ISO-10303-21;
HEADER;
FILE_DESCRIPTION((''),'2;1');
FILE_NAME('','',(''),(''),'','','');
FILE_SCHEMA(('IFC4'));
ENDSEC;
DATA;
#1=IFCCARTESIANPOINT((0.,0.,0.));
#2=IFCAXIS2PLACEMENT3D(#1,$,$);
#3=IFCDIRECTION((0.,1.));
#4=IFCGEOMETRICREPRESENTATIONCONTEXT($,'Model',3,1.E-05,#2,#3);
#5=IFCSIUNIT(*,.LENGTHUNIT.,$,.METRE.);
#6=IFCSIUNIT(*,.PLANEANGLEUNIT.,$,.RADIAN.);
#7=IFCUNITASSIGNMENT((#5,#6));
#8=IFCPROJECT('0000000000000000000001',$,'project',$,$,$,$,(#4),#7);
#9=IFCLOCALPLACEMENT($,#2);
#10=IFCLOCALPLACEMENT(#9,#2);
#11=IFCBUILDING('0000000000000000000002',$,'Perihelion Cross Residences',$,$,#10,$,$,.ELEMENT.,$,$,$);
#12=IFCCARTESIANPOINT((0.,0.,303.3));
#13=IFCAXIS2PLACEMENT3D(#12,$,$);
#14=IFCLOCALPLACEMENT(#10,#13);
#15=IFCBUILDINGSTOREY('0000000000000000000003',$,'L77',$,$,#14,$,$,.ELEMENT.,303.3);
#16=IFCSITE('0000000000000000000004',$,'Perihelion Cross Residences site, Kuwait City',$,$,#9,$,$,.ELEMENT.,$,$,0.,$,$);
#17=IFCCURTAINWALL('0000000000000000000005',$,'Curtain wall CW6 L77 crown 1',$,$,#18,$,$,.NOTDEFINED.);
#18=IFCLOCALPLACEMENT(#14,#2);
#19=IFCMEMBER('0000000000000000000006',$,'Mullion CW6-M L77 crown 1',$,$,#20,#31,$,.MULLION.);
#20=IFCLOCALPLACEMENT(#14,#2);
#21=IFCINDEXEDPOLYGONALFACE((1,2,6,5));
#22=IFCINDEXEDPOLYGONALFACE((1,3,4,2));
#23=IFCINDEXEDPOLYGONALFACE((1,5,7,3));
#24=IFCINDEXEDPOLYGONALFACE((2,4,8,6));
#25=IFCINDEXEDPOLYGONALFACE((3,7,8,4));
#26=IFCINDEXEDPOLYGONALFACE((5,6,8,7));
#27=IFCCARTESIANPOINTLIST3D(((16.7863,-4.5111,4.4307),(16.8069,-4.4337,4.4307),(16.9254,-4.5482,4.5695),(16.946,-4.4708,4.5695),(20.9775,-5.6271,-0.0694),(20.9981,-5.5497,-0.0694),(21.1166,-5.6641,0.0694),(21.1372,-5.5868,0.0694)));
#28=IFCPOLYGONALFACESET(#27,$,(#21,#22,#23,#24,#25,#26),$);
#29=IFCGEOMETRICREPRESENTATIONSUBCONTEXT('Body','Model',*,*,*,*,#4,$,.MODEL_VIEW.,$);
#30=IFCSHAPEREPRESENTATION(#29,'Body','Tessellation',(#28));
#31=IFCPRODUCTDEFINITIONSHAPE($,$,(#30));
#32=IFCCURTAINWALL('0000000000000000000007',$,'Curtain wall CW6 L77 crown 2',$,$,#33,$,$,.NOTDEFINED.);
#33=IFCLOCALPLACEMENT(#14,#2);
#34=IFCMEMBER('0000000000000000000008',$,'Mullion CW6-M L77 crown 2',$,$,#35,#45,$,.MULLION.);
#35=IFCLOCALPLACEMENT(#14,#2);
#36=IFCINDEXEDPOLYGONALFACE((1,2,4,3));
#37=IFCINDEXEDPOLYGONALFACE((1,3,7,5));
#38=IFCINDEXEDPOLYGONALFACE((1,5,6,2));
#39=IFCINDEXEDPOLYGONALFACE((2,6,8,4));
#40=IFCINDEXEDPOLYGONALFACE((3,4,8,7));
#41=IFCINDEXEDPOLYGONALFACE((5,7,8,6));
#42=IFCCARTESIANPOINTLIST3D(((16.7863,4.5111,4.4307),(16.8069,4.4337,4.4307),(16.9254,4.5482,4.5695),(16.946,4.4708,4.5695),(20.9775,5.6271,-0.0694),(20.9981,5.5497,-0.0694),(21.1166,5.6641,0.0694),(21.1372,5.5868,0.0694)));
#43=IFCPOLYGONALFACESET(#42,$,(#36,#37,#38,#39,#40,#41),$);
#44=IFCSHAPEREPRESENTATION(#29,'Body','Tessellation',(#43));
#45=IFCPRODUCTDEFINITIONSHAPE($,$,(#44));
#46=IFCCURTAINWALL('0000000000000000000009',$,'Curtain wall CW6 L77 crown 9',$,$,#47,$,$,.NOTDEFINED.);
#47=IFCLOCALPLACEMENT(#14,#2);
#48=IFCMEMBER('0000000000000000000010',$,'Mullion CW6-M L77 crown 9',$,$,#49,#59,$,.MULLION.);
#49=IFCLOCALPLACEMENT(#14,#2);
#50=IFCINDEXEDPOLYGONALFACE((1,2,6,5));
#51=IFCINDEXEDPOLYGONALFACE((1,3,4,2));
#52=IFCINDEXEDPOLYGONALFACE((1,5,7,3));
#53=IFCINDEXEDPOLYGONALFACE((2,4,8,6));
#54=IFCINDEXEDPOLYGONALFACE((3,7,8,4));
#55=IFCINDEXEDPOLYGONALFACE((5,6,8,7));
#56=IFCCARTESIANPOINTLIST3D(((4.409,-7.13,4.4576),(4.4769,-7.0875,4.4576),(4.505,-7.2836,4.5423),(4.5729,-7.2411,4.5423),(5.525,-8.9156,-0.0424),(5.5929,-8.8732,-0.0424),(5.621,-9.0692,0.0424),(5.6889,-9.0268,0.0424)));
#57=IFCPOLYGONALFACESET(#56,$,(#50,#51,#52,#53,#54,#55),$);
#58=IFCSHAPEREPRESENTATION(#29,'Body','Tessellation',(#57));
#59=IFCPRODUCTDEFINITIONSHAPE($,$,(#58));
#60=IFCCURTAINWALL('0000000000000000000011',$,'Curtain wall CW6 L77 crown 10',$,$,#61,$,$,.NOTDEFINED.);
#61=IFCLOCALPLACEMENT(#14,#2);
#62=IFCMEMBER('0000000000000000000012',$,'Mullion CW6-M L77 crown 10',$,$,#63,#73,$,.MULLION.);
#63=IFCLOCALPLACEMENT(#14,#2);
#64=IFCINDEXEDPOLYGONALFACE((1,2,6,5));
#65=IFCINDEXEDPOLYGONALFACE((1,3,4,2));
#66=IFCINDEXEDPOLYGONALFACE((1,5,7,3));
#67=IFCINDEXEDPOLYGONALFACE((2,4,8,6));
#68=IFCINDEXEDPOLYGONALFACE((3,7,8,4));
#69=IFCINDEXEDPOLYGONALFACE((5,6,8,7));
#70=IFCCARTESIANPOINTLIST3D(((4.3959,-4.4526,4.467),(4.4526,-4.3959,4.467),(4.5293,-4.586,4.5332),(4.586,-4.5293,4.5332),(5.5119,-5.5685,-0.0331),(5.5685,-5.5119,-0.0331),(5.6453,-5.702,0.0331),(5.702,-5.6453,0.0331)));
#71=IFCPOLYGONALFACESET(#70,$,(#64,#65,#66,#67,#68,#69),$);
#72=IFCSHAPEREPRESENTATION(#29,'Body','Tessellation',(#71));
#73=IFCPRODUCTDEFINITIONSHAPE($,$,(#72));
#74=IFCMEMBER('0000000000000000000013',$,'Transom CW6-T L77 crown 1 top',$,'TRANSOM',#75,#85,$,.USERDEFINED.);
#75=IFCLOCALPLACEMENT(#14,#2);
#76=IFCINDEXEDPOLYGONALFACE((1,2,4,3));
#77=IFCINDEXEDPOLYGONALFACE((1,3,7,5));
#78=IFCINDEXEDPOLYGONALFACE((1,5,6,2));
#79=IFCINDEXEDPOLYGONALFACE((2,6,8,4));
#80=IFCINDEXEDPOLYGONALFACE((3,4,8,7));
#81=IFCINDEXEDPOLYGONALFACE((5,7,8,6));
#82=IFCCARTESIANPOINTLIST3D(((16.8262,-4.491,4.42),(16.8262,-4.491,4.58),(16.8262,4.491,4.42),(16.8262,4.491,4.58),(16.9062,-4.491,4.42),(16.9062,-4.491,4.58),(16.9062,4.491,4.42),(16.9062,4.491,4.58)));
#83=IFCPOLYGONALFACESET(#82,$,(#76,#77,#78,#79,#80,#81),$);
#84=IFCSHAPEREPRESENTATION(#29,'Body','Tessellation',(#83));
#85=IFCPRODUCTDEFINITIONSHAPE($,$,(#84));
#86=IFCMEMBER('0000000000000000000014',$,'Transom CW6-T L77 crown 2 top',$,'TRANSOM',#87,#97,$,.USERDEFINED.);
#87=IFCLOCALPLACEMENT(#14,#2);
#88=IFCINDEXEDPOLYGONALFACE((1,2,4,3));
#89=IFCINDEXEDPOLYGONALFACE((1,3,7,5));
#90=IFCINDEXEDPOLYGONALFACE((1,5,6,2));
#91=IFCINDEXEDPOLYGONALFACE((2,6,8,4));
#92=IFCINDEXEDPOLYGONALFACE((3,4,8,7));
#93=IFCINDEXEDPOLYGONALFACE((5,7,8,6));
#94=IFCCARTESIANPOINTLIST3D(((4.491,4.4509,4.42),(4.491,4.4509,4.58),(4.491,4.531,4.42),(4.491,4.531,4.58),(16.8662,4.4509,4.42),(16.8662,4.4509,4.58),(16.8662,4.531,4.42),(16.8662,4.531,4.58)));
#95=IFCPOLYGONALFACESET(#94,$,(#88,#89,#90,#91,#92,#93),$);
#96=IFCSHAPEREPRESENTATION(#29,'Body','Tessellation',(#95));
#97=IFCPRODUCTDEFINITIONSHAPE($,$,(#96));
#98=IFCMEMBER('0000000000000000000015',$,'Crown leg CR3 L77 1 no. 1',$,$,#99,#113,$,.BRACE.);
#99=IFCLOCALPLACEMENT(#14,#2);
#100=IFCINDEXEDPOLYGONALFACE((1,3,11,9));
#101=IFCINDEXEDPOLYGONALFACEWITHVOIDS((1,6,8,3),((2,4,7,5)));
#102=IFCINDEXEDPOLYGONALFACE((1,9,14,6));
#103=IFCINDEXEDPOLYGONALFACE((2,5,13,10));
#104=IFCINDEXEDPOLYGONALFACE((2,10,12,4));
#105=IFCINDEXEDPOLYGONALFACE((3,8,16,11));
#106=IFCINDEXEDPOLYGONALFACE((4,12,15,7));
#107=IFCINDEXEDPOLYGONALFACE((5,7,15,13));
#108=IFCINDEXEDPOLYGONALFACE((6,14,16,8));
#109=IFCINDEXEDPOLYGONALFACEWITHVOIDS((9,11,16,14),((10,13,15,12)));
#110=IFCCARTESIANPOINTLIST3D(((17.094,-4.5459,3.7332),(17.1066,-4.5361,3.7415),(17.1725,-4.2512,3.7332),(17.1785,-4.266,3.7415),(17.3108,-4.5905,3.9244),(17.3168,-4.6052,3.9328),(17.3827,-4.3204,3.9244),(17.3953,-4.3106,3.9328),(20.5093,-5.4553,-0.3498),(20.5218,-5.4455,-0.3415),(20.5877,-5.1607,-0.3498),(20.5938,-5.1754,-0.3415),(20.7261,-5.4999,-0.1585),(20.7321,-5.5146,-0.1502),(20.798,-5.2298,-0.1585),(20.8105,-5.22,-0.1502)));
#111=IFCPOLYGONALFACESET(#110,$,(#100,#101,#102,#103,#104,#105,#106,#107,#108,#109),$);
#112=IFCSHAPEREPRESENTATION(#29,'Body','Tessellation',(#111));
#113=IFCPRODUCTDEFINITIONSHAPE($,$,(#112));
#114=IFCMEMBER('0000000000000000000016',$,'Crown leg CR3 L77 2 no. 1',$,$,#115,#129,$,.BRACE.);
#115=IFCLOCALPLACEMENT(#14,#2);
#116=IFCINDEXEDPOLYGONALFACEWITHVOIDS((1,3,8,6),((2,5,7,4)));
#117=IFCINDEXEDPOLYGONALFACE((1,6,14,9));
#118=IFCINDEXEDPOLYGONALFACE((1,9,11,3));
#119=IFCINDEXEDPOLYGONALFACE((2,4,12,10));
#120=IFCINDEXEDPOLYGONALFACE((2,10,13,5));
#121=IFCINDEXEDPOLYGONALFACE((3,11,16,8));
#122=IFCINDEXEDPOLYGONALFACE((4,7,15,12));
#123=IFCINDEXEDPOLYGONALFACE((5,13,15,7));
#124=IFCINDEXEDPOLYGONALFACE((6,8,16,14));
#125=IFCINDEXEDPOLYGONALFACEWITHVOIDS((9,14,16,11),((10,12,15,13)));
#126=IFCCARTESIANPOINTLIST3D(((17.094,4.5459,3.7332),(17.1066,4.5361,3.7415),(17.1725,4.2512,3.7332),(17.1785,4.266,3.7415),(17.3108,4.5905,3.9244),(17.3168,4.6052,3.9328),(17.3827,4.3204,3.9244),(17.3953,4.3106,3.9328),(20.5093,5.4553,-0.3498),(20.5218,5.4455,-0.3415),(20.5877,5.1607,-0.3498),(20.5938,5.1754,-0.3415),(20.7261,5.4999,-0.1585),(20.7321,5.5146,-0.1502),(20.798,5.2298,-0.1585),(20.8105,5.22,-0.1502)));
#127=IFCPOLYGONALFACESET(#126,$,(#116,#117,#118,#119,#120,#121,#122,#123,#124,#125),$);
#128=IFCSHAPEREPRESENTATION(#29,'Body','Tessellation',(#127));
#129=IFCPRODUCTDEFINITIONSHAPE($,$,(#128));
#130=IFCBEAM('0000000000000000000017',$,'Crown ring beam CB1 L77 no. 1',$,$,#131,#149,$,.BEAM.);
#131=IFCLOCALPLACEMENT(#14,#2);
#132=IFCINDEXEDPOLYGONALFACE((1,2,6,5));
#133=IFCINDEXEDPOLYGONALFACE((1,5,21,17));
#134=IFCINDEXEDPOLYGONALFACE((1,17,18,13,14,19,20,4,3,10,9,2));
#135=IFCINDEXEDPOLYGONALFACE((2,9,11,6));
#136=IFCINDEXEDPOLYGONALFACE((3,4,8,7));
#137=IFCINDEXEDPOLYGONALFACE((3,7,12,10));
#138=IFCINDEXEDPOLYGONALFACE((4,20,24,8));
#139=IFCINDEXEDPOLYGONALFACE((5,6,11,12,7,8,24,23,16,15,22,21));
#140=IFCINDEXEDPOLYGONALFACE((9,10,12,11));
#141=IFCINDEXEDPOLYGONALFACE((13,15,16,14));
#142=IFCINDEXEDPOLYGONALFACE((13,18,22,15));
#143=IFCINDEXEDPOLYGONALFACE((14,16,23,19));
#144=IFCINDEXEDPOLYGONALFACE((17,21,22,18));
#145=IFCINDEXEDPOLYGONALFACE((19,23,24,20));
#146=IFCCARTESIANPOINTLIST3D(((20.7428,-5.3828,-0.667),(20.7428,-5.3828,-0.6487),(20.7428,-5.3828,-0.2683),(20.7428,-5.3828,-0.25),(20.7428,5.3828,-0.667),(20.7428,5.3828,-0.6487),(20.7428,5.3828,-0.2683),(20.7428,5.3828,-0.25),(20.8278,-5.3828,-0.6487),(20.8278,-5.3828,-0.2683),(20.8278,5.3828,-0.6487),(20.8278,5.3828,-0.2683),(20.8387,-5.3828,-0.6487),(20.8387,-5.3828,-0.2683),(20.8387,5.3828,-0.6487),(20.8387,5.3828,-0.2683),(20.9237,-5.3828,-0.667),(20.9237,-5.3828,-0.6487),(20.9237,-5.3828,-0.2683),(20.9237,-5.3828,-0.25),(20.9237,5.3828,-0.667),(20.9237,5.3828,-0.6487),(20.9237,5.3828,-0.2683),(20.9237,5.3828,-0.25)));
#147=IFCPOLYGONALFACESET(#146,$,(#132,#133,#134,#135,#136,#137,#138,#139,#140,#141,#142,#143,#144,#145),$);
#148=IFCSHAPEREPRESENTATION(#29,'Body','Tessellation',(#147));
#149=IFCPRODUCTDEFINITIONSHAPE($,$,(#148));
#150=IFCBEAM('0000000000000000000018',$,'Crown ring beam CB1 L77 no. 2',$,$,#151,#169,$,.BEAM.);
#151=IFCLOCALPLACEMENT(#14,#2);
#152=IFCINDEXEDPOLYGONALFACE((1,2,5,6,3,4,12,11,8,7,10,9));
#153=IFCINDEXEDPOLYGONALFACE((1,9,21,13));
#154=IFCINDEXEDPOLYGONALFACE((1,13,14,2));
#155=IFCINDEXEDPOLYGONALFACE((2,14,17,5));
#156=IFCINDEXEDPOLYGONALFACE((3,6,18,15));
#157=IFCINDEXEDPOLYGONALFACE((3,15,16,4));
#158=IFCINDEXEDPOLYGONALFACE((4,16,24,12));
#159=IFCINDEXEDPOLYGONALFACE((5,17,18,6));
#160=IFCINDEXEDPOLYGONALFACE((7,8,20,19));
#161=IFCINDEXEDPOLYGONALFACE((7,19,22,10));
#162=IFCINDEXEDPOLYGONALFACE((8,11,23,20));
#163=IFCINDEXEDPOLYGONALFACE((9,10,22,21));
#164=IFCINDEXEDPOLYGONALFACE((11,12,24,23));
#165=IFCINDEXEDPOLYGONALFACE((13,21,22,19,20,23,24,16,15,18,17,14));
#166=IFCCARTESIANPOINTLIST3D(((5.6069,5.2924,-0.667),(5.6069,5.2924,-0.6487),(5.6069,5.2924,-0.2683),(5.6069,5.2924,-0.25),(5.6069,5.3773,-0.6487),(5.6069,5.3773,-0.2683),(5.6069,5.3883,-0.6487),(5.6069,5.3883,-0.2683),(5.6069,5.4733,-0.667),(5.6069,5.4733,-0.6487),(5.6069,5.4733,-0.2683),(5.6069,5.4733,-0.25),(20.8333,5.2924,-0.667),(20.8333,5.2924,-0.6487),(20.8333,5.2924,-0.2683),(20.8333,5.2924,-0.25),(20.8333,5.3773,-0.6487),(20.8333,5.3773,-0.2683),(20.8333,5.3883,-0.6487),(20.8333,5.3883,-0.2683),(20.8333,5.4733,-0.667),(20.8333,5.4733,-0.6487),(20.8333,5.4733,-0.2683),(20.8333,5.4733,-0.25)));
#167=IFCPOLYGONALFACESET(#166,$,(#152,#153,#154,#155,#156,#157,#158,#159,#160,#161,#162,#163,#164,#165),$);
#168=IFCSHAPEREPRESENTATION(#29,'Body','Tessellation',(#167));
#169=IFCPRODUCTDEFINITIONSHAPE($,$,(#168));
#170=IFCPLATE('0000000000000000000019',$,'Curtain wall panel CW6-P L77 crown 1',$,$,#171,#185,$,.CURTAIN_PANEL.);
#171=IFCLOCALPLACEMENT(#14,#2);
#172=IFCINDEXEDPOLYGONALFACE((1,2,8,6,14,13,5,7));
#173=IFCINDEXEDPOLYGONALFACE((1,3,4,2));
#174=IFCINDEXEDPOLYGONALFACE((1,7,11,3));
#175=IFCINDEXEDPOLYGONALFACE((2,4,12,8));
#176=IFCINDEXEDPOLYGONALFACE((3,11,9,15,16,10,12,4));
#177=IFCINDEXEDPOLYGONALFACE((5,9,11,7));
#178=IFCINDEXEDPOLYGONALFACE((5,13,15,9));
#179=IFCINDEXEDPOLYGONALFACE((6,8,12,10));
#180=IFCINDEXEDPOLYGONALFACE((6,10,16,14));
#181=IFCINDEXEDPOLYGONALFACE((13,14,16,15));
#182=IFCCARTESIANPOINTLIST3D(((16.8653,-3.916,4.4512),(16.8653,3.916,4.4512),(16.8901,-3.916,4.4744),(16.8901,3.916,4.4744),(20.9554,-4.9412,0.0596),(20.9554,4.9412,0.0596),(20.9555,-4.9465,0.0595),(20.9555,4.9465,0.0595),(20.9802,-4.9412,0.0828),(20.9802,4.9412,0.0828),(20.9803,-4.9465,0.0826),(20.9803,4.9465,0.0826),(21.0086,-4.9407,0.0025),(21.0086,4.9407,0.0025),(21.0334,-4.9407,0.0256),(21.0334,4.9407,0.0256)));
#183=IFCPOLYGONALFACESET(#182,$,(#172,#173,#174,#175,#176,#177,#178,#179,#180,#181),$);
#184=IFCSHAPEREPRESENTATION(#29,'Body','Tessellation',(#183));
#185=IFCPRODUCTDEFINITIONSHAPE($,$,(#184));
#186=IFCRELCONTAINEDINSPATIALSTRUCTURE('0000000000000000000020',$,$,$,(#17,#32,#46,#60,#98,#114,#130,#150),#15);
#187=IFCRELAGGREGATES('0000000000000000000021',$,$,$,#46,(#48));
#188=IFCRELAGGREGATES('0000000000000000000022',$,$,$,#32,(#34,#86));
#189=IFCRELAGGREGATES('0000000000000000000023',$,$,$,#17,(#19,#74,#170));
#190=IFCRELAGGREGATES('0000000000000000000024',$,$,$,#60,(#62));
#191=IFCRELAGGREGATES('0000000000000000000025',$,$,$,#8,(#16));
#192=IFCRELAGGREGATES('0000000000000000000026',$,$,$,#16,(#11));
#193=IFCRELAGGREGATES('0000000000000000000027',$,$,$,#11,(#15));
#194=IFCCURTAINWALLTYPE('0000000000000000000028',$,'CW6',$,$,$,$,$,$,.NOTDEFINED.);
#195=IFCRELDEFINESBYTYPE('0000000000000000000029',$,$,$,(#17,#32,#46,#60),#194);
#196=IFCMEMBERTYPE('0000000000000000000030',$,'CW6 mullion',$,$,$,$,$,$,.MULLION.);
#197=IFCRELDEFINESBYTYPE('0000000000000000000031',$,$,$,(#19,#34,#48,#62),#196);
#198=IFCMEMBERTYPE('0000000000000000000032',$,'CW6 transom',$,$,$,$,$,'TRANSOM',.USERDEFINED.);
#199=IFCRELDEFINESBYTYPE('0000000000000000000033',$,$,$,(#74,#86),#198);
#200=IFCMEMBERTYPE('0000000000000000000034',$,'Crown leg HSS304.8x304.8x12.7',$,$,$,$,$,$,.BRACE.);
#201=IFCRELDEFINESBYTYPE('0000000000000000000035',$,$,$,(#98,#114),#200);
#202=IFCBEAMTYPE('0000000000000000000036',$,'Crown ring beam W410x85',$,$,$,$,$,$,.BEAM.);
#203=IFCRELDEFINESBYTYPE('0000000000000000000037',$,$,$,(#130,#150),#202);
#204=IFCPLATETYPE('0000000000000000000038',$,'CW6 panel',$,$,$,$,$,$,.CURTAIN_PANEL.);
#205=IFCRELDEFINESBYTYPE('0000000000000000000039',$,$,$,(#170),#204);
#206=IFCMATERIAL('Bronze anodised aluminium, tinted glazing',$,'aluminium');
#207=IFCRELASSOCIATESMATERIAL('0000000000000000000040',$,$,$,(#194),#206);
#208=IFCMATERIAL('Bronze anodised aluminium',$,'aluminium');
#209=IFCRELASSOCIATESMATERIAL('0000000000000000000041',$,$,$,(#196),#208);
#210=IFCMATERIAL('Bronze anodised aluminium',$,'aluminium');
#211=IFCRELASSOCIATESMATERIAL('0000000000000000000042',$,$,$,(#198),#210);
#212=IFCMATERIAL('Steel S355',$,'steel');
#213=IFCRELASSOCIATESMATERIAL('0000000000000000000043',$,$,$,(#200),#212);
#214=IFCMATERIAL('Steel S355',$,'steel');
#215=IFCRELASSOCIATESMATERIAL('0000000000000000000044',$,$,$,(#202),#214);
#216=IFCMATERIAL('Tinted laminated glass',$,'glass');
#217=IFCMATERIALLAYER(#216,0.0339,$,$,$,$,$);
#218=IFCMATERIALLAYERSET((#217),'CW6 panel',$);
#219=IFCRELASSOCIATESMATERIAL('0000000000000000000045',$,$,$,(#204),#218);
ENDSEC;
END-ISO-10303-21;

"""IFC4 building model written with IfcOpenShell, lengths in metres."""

from ifc_helpers import new_model, si_unit, direction, frame, origin, origin_2d, place, context, subcontext, project, spatial, polyline, rectangle, hollow_rectangle, i_section, outline, extrude, material, layer, layer_set, material_profile, profile_set, type_object, element, aggregate, save


model = new_model("IFC4")

# Units and contexts
model_context = context("Model", 3, precision=1e-05, world=origin(), true_north=direction((0.0, 1.0)))
body_context = subcontext(model_context, "Body", "Model", "MODEL_VIEW")
ifc_project = project(units=[si_unit("LENGTHUNIT", "METRE"), si_unit("PLANEANGLEUNIT", "RADIAN")], contexts=[model_context])

# Site, building, storey
site_placement = place(None, origin())
site = spatial("IfcSite", under=ifc_project, at=site_placement, Name="Perihelion Cross Residences site, Kuwait City", CompositionType="ELEMENT", RefElevation=0.0)
building_placement = place(site_placement, origin())
building = spatial("IfcBuilding", under=site, at=building_placement, Name="Perihelion Cross Residences", CompositionType="ELEMENT")
storey_placement = place(building_placement, frame((0.0, 0.0, 303.3)))
storey = spatial("IfcBuildingStorey", under=building, at=storey_placement, Name="L77", CompositionType="ELEMENT", Elevation=303.3)

# Curtain walls, members
ifc_material_1 = material(Name="Bronze anodised aluminium, tinted glazing", Category="aluminium")
curtain_wall_type = type_object("IfcCurtainWallType", Name="CW6", PredefinedType="NOTDEFINED", material=ifc_material_1)
curtain_wall_1_placement = place(storey_placement, origin())
curtain_wall_1 = element("IfcCurtainWall", 1, at=curtain_wall_1_placement, inside=storey, type_object=curtain_wall_type, Name="Curtain wall CW6 L77 crown 1", PredefinedType="NOTDEFINED")
ifc_material_2 = material(Name="Bronze anodised aluminium", Category="aluminium")
ifc_material_profile_1 = material_profile(ifc_material_2, rectangle(XDim=0.0801, YDim=0.2, at=origin_2d()), Name="CW6 mullion")
ifc_profile_set_1 = profile_set([ifc_material_profile_1], Name="Bronze anodised aluminium")
member_type_1 = type_object("IfcMemberType", Name="CW6 mullion", PredefinedType="MULLION", material=ifc_profile_set_1)
member_1_placement = place(storey_placement, frame((21.0574, -5.6069, 0.0), z_axis=(-0.670597, 0.178558, 0.720012), x_axis=(-0.257302, -0.966331, 0.0)))
member_1 = element("IfcMember", 2, at=member_1_placement, type_object=member_type_1, Name="Mullion CW6-M L77 crown 1", PredefinedType="MULLION", context=body_context, shape_type="SweptSolid", body=[
    extrude(rectangle(XDim=0.0801, YDim=0.2, at=origin_2d()), origin(), (0.0, 0.0, 1.0), 6.25),
])
curtain_wall_2_placement = place(storey_placement, origin())
curtain_wall_2 = element("IfcCurtainWall", 3, at=curtain_wall_2_placement, inside=storey, type_object=curtain_wall_type, Name="Curtain wall CW6 L77 crown 2", PredefinedType="NOTDEFINED")
member_2_placement = place(storey_placement, frame((21.0574, 5.6069, 0.0), z_axis=(-0.670597, -0.178558, 0.720012), x_axis=(0.257302, -0.966331, 0.0)))
member_2 = element("IfcMember", 4, at=member_2_placement, type_object=member_type_1, Name="Mullion CW6-M L77 crown 2", PredefinedType="MULLION", context=body_context, shape_type="SweptSolid", body=[
    extrude(rectangle(XDim=0.0801, YDim=0.2, at=origin_2d()), origin(), (0.0, 0.0, 1.0), 6.25),
])
curtain_wall_3_placement = place(storey_placement, origin())
curtain_wall_3 = element("IfcCurtainWall", 5, at=curtain_wall_3_placement, inside=storey, type_object=curtain_wall_type, Name="Curtain wall CW6 L77 crown 9", PredefinedType="NOTDEFINED")
member_3_placement = place(storey_placement, frame((5.6069, -8.9712, 0.0), z_axis=(-0.224618, 0.359408, 0.905744), x_axis=(-0.848011, -0.529978, 0.0)))
member_3 = element("IfcMember", 6, at=member_3_placement, type_object=member_type_1, Name="Mullion CW6-M L77 crown 9", PredefinedType="MULLION", context=body_context, shape_type="SweptSolid", body=[
    extrude(rectangle(XDim=0.0801, YDim=0.2, at=origin_2d()), origin(), (0.0, 0.0, 1.0), 4.9683),
])
aggregate(curtain_wall_3, [member_3])
curtain_wall_4_placement = place(storey_placement, origin())
curtain_wall_4 = element("IfcCurtainWall", 7, at=curtain_wall_4_placement, inside=storey, type_object=curtain_wall_type, Name="Curtain wall CW6 L77 crown 10", PredefinedType="NOTDEFINED")
member_4_placement = place(storey_placement, frame((5.6069, -5.6069, 0.0), z_axis=(-0.234018, 0.234018, 0.943648), x_axis=(-0.707107, -0.707107, 0.0)))
member_4 = element("IfcMember", 8, at=member_4_placement, type_object=member_type_1, Name="Mullion CW6-M L77 crown 10", PredefinedType="MULLION", context=body_context, shape_type="SweptSolid", body=[
    extrude(rectangle(XDim=0.0801, YDim=0.2, at=origin_2d()), origin(), (0.0, 0.0, 1.0), 4.7688),
])

# Members
ifc_material_3 = material(Name="Bronze anodised aluminium", Category="aluminium")
ifc_material_profile_2 = material_profile(ifc_material_3, rectangle(XDim=0.0801, YDim=0.1599, at=origin_2d()), Name="CW6 transom")
ifc_profile_set_2 = profile_set([ifc_material_profile_2], Name="Bronze anodised aluminium")
member_type_2 = type_object("IfcMemberType", Name="CW6 transom", ElementType="TRANSOM", PredefinedType="USERDEFINED", material=ifc_profile_set_2)
member_5_placement = place(storey_placement, frame((16.8662, -4.491, 4.5), z_axis=(0.0, 1.0, 0.0), x_axis=(-1.0, 0.0, 0.0)))
member_5 = element("IfcMember", 9, at=member_5_placement, type_object=member_type_2, Name="Transom CW6-T L77 crown 1 top", ObjectType="TRANSOM", PredefinedType="USERDEFINED", context=body_context, shape_type="SweptSolid", body=[
    extrude(rectangle(XDim=0.0801, YDim=0.1599, at=origin_2d()), origin(), (0.0, 0.0, 1.0), 8.9819),
])
member_6_placement = place(storey_placement, frame((16.8662, 4.491, 4.5), z_axis=(-1.0, 0.0, 0.0), x_axis=(0.0, -1.0, 0.0)))
member_6 = element("IfcMember", 10, at=member_6_placement, type_object=member_type_2, Name="Transom CW6-T L77 crown 2 top", ObjectType="TRANSOM", PredefinedType="USERDEFINED", context=body_context, shape_type="SweptSolid", body=[
    extrude(rectangle(XDim=0.0801, YDim=0.1599, at=origin_2d()), origin(), (0.0, 0.0, 1.0), 12.3752),
])
aggregate(curtain_wall_2, [member_2, member_6])

# Members
ifc_material_4 = material(Name="Steel S355", Category="steel")
ifc_material_profile_3 = material_profile(ifc_material_4, hollow_rectangle(XDim=0.3049, YDim=0.3049, WallThickness=0.0127, at=origin_2d()), Name="HSS304.8x304.8x12.7")
ifc_profile_set_3 = profile_set([ifc_material_profile_3], Name="Steel S355")
member_type_3 = type_object("IfcMemberType", Name="Crown leg HSS304.8x304.8x12.7", PredefinedType="BRACE", material=ifc_profile_set_3)
for number, where, z_axis, x_axis, name in (
    (11, (20.6599, -5.3376, -0.25), (-0.632436, 0.168406, 0.756085), (-0.257314, -0.966328, 0.0), "Crown leg CR3 L77 1 no. 1"),
    (12, (20.6599, 5.3376, -0.25), (-0.632436, -0.168406, 0.756085), (0.257314, -0.966328, 0.0), "Crown leg CR3 L77 2 no. 1"),
):
    element("IfcMember", number, at=place(storey_placement, frame(where, z_axis=z_axis, x_axis=x_axis)), inside=storey, type_object=member_type_3, Name=name, PredefinedType="BRACE", context=body_context, shape_type="SweptSolid", body=[
        extrude(hollow_rectangle(XDim=0.3049, YDim=0.3049, WallThickness=0.0127, at=origin_2d()), origin(), (0.0, 0.0, 1.0), 5.4001),
    ])

# Beams
ifc_material_5 = material(Name="Steel S355", Category="steel")
ifc_material_profile_4 = material_profile(ifc_material_5, i_section(OverallWidth=0.1809, OverallDepth=0.417, WebThickness=0.011, FlangeThickness=0.0183, at=origin_2d()), Name="W410x85")
ifc_profile_set_4 = profile_set([ifc_material_profile_4], Name="Steel S355")
beam_type = type_object("IfcBeamType", Name="Crown ring beam W410x85", PredefinedType="BEAM", material=ifc_profile_set_4)
beam_1_placement = place(storey_placement, frame((20.8333, -5.3828, -0.4585), z_axis=(0.0, 1.0, 0.0), x_axis=(-1.0, 0.0, 0.0)))
element("IfcBeam", 13, at=beam_1_placement, inside=storey, type_object=beam_type, Name="Crown ring beam CB1 L77 no. 1", PredefinedType="BEAM", context=body_context, shape_type="SweptSolid", body=[
    extrude(i_section(OverallWidth=0.1809, OverallDepth=0.417, WebThickness=0.011, FlangeThickness=0.0183, at=origin_2d()), origin(), (0.0, 0.0, 1.0), 10.7656),
])
beam_2_placement = place(storey_placement, frame((20.8333, 5.3828, -0.4585), z_axis=(-1.0, 0.0, 0.0), x_axis=(0.0, -1.0, 0.0)))
element("IfcBeam", 14, at=beam_2_placement, inside=storey, type_object=beam_type, Name="Crown ring beam CB1 L77 no. 2", PredefinedType="BEAM", context=body_context, shape_type="SweptSolid", body=[
    extrude(i_section(OverallWidth=0.1809, OverallDepth=0.417, WebThickness=0.011, FlangeThickness=0.0183, at=origin_2d()), origin(), (0.0, 0.0, 1.0), 15.2263),
])

# Plate
ifc_material_6 = material(Name="Tinted laminated glass", Category="glass")
ifc_layer_1 = layer(ifc_material_6, 0.0339)
ifc_layer_set_1 = layer_set([ifc_layer_1], Name="CW6 panel")
plate_type = type_object("IfcPlateType", Name="CW6 panel", PredefinedType="CURTAIN_PANEL", material=ifc_layer_set_1)
plate_1_placement = place(storey_placement, frame((16.8901, 3.916, 4.4744), z_axis=(0.731782, 0.0, 0.681539), x_axis=(0.671708, 0.169236, -0.721227)))
plate_1 = element("IfcPlate", 15, at=plate_1_placement, type_object=plate_type, Name="Curtain wall panel CW6-P L77 crown 1", PredefinedType="CURTAIN_PANEL", context=body_context, shape_type="SweptSolid", body=[
    extrude(outline(polyline([(0.0, 0.0), (6.0892, 0.0), (6.0882, -0.0053), (6.165, -0.019), (4.4928, -9.7578), (4.4157, -9.745), (4.415, -9.7504), (-1.3255, -7.7191), (0.0, 0.0)])), origin(), (0.0, 0.0, -1.0), 0.0339),
])
aggregate(curtain_wall_1, [member_1, member_5, plate_1])
aggregate(curtain_wall_4, [member_4])

save(model, "model.ifc")
